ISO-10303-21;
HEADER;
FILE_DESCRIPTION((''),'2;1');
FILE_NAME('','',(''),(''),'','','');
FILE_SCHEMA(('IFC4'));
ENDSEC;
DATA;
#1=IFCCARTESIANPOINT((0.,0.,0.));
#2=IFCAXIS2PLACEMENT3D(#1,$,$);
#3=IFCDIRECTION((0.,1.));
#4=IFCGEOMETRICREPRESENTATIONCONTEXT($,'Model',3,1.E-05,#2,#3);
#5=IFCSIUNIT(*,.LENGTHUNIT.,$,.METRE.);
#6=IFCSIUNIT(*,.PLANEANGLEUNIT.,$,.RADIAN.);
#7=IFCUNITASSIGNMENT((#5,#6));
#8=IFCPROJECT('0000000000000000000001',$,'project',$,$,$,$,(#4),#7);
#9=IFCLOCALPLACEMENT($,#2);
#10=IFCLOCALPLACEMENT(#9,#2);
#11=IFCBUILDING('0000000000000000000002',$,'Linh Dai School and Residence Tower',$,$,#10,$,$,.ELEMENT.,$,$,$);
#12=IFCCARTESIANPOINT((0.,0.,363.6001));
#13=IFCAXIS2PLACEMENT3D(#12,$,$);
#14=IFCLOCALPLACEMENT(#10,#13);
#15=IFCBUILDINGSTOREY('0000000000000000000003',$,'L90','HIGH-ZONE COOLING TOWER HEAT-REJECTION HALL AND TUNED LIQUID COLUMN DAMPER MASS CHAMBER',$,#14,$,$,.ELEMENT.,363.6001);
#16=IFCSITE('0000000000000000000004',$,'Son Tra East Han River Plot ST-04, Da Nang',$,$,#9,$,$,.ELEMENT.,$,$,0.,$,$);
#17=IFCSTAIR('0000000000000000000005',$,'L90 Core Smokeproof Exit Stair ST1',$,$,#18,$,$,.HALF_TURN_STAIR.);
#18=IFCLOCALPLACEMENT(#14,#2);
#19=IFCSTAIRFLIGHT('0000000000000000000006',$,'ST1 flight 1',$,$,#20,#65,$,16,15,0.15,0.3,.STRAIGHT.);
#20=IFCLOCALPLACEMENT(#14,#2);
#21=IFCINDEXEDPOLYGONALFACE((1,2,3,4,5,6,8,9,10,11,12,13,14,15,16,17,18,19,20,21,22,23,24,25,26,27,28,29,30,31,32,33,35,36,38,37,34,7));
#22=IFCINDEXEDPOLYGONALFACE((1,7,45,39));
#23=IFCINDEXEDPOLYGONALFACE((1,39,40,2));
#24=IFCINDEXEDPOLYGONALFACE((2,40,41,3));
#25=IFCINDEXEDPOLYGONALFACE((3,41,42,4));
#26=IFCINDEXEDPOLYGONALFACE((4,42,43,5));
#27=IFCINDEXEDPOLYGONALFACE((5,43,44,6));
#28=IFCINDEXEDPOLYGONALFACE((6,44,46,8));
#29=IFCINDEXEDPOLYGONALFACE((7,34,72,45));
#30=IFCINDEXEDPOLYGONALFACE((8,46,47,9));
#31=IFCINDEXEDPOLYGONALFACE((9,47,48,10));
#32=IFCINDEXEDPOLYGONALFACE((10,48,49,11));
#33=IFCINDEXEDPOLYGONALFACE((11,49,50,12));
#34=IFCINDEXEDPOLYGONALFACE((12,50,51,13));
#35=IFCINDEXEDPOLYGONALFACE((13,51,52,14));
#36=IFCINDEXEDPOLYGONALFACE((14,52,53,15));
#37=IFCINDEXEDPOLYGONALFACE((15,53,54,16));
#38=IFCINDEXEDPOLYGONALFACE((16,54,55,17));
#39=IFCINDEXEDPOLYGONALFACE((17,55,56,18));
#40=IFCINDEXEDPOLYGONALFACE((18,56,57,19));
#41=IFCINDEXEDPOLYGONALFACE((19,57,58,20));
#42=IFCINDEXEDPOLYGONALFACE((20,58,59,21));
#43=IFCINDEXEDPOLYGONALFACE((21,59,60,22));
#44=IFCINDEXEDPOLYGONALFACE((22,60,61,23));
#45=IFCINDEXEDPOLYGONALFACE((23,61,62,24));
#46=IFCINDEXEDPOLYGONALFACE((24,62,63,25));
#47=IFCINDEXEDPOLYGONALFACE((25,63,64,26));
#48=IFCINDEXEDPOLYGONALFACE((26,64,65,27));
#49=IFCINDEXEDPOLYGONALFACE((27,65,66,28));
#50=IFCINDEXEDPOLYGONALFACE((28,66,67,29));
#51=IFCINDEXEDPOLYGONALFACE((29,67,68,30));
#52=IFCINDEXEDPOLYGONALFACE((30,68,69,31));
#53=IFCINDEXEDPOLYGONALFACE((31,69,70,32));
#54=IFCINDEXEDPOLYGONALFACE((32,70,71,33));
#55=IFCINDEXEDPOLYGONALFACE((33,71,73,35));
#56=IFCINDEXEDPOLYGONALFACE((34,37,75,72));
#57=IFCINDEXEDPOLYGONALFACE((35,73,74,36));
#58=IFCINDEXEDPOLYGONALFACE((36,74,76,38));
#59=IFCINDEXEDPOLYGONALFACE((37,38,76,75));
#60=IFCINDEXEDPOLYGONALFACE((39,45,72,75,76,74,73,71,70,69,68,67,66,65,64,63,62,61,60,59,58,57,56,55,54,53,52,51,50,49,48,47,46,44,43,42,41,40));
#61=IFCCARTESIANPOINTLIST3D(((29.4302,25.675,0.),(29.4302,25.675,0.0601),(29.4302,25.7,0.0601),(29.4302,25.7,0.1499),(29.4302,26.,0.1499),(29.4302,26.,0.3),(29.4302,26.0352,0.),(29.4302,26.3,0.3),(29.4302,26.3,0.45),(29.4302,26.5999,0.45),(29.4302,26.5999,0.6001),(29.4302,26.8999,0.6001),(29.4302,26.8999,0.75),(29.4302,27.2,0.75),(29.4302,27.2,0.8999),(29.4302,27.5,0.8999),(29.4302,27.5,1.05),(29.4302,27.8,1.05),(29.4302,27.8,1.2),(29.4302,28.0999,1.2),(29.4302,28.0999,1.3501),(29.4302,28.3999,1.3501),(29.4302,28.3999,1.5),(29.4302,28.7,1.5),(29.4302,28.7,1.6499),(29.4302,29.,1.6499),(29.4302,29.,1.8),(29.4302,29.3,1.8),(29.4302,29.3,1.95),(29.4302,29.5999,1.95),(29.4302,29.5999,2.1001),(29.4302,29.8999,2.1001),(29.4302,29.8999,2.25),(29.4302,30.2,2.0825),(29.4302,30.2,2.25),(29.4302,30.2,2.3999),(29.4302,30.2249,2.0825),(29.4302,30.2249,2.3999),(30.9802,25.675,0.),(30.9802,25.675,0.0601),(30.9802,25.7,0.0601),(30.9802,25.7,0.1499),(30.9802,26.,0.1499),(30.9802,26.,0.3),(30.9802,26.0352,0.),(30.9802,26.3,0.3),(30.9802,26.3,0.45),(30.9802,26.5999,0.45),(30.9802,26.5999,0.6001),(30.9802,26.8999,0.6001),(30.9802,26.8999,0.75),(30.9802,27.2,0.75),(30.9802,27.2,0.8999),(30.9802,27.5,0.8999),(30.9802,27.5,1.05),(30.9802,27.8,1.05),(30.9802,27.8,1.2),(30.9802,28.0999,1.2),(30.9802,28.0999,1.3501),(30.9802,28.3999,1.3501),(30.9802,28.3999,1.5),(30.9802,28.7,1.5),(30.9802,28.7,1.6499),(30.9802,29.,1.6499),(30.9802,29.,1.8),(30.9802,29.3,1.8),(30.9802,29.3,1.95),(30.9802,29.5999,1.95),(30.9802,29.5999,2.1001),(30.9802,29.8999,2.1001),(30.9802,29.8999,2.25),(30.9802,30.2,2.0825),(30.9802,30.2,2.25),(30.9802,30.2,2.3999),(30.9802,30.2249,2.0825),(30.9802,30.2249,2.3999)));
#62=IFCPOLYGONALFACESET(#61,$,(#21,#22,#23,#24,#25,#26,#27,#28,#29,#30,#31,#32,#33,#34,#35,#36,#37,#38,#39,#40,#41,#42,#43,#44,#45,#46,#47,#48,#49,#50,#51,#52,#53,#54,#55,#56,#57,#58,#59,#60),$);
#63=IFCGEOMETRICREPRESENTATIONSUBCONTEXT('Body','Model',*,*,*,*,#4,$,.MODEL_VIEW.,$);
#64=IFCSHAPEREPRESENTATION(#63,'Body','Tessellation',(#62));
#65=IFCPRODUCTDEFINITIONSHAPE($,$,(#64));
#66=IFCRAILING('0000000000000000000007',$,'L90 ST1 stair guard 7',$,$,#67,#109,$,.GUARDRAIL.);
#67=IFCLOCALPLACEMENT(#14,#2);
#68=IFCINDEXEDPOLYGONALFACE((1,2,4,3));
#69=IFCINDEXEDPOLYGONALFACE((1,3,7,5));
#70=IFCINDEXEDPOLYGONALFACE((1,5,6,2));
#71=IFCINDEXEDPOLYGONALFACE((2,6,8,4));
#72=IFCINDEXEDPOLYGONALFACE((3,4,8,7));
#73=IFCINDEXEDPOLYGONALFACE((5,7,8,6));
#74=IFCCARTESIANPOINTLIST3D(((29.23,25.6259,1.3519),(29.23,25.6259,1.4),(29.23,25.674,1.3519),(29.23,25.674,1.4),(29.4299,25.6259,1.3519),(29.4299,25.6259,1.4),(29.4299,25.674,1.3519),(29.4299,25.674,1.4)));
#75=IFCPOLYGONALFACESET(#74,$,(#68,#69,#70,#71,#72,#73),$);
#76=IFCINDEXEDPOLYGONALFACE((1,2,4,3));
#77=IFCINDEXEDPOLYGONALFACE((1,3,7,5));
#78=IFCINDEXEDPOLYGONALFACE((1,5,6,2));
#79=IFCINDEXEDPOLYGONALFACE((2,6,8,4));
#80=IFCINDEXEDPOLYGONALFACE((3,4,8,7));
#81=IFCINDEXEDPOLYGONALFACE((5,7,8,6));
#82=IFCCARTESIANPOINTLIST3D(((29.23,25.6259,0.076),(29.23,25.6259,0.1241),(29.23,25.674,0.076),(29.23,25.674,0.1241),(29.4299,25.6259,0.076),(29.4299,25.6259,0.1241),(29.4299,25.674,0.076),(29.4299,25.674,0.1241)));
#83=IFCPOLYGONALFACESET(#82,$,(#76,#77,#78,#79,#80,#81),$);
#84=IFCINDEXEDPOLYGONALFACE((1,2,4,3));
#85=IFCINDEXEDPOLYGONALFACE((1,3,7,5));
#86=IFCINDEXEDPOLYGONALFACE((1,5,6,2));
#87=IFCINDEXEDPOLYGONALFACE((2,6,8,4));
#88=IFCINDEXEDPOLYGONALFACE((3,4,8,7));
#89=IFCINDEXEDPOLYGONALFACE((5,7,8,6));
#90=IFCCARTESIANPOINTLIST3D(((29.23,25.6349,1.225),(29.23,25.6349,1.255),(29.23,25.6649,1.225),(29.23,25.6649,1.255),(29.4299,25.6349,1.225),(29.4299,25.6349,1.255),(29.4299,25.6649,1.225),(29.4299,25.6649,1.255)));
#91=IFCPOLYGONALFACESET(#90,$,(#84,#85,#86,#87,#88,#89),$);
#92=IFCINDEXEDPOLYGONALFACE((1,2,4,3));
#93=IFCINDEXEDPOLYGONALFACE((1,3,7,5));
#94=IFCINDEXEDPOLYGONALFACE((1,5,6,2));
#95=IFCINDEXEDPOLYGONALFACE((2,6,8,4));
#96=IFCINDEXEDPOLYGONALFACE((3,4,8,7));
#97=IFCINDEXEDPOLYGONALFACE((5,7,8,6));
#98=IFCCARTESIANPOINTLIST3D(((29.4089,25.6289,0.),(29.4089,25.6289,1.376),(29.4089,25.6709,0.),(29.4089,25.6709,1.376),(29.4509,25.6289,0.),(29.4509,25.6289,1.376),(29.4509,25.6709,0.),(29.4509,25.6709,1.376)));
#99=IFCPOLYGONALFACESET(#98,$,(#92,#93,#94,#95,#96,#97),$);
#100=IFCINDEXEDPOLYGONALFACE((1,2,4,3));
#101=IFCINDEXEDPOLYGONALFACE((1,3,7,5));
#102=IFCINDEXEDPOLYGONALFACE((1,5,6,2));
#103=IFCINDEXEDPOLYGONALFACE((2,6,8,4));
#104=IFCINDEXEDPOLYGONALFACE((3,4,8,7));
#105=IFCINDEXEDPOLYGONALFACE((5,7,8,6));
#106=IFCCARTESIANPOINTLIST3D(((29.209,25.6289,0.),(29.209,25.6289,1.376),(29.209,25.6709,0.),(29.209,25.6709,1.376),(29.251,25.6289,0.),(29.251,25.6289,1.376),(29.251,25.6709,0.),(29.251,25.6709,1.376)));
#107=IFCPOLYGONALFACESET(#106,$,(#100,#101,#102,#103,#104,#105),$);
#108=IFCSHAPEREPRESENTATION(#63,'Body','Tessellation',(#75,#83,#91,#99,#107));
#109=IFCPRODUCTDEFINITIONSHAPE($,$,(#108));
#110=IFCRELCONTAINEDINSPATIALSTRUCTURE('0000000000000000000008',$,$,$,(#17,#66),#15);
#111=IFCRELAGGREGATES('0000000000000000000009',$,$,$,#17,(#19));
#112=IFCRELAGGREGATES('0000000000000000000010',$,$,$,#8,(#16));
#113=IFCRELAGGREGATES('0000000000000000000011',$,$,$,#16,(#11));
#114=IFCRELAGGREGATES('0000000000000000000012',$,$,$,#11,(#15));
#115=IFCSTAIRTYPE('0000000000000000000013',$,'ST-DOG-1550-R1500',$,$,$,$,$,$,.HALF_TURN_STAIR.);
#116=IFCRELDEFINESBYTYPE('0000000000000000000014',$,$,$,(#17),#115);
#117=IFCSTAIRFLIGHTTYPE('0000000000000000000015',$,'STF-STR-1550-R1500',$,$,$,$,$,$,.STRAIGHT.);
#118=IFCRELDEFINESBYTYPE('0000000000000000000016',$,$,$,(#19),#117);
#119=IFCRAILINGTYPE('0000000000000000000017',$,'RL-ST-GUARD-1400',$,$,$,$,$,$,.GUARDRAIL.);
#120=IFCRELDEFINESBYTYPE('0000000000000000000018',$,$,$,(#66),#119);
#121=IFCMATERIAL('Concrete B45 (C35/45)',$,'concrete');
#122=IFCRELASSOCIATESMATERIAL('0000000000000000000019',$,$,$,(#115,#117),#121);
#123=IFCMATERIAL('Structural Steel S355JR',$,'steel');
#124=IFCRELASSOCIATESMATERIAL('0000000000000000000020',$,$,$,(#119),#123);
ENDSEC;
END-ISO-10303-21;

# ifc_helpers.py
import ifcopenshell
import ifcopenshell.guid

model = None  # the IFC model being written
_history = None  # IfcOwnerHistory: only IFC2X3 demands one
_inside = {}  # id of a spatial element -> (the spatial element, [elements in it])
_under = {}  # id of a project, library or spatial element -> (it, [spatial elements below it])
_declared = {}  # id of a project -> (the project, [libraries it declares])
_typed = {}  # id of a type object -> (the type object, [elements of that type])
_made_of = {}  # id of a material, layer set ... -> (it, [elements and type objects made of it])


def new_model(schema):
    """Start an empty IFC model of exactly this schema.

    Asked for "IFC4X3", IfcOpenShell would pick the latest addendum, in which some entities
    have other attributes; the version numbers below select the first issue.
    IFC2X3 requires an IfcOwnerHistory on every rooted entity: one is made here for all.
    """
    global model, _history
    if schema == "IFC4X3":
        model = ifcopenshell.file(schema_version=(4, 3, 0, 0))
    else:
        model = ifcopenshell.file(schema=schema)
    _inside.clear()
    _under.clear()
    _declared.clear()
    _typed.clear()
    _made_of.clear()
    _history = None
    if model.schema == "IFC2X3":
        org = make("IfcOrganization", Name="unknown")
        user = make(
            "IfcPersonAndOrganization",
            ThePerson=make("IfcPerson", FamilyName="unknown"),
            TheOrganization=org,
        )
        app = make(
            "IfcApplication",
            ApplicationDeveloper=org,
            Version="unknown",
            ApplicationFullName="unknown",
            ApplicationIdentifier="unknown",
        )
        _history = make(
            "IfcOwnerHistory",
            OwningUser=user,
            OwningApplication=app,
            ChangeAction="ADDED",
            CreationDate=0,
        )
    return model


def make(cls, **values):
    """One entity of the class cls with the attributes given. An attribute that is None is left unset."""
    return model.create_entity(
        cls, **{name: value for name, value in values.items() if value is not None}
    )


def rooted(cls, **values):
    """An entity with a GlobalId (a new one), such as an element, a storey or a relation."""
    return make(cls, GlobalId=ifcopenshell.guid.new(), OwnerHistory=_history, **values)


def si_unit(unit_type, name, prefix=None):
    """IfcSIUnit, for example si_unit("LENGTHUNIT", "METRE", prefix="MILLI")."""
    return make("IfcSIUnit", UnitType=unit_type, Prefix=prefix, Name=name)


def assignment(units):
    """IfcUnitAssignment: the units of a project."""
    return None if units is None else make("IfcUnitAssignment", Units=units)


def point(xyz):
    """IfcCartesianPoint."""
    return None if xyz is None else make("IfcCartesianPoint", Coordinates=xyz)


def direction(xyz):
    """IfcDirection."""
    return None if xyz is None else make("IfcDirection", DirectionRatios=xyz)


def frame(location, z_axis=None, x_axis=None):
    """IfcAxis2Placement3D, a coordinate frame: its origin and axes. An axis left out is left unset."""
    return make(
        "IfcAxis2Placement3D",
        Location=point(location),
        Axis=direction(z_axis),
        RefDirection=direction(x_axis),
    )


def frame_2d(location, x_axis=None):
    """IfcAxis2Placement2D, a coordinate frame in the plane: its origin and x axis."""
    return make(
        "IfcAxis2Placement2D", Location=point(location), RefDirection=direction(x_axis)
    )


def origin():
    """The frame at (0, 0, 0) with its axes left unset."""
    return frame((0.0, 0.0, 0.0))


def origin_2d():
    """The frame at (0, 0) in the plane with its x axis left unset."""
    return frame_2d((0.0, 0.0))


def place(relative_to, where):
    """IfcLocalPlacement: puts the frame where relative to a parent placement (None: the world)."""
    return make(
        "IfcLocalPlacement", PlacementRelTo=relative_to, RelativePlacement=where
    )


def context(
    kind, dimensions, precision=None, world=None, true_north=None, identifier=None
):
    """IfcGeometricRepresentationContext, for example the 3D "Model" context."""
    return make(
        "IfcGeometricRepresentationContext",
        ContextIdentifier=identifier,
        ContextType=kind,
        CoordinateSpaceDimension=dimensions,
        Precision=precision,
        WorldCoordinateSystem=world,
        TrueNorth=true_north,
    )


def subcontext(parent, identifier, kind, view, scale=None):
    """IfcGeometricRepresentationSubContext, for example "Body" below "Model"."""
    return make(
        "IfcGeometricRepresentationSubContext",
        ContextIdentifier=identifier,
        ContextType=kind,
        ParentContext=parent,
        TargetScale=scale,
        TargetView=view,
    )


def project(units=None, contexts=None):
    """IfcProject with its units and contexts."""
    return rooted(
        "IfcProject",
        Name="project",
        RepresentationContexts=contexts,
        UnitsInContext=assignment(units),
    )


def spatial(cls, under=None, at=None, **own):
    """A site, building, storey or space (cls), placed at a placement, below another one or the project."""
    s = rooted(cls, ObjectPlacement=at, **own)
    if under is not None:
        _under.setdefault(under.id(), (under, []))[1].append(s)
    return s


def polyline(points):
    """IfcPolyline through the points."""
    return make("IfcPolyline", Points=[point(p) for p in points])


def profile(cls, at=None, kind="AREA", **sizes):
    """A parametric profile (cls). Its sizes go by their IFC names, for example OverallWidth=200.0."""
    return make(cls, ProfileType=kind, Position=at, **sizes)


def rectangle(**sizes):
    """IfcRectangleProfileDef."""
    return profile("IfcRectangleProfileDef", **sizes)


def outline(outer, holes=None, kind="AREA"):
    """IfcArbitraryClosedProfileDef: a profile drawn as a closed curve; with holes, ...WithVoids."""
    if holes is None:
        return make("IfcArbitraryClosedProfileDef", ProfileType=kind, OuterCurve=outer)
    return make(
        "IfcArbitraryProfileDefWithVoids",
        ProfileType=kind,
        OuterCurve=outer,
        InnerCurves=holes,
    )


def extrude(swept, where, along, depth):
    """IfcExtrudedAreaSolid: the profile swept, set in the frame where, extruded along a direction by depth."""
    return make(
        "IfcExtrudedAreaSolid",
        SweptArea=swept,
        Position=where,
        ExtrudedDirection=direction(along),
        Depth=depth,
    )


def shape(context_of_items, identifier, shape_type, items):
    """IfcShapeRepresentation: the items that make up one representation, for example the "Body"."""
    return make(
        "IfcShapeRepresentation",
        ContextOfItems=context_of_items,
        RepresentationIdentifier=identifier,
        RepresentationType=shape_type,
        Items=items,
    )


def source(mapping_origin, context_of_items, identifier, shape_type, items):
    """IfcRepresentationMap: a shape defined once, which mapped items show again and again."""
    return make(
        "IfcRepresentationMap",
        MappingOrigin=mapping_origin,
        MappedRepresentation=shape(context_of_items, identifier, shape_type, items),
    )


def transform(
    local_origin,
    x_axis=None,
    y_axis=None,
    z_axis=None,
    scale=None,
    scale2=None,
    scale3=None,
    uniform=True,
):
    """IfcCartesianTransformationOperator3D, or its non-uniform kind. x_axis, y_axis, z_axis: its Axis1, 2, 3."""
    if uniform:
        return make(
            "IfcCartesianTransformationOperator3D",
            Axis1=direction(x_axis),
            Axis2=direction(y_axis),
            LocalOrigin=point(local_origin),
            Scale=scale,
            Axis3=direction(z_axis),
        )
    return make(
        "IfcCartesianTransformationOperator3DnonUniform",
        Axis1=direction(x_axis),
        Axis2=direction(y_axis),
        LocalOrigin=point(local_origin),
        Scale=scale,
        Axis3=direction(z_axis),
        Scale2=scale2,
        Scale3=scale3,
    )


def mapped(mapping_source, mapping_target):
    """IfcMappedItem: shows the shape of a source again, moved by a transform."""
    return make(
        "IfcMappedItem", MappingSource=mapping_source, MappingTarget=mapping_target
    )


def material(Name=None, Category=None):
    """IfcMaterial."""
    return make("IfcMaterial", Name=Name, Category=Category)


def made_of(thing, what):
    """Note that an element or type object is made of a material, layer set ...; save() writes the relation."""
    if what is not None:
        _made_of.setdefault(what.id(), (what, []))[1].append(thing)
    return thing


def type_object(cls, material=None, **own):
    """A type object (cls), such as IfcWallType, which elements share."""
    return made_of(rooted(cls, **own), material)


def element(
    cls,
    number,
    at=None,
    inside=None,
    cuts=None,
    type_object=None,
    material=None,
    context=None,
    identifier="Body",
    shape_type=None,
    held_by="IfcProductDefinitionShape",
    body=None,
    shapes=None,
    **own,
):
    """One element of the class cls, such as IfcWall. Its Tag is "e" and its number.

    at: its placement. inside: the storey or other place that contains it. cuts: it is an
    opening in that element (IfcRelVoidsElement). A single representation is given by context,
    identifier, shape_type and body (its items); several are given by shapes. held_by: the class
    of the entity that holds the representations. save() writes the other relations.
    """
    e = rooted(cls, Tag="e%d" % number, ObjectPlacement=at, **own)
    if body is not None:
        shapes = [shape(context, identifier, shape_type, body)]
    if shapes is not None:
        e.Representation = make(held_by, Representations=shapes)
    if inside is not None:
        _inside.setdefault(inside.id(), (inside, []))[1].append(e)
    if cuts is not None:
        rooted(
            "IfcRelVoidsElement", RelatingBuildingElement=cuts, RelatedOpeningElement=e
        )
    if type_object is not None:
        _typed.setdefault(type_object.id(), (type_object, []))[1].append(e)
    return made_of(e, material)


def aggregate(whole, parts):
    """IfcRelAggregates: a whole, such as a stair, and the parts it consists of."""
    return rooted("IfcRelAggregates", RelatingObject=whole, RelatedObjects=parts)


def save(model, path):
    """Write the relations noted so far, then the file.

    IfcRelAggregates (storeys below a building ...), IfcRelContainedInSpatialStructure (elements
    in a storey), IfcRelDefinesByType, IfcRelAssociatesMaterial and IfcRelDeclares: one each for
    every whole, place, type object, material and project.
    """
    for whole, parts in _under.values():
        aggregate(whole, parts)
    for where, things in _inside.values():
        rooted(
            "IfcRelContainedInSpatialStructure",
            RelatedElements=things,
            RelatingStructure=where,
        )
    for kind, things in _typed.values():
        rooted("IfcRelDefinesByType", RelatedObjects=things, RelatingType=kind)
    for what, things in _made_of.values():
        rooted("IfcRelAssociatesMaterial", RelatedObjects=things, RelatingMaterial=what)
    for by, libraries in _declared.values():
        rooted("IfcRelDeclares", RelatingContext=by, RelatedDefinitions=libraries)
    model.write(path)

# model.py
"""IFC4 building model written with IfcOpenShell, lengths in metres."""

from ifc_helpers import new_model, si_unit, direction, frame, origin, origin_2d, place, context, subcontext, project, spatial, polyline, rectangle, outline, extrude, source, transform, mapped, material, type_object, element, aggregate, save


model = new_model("IFC4")

# Units and contexts
model_context = context("Model", 3, precision=1e-05, world=origin(), true_north=direction((0.0, 1.0)))
body_context = subcontext(model_context, "Body", "Model", "MODEL_VIEW")
ifc_project = project(units=[si_unit("LENGTHUNIT", "METRE"), si_unit("PLANEANGLEUNIT", "RADIAN")], contexts=[model_context])

# Site, building, storey
site_placement = place(None, origin())
site = spatial("IfcSite", under=ifc_project, at=site_placement, Name="Son Tra East Han River Plot ST-04, Da Nang", CompositionType="ELEMENT", RefElevation=0.0)
building_placement = place(site_placement, origin())
building = spatial("IfcBuilding", under=site, at=building_placement, Name="Linh Dai School and Residence Tower", CompositionType="ELEMENT")
storey_placement = place(building_placement, frame((0.0, 0.0, 363.6001)))
storey = spatial("IfcBuildingStorey", under=building, at=storey_placement, Name="L90", Description="HIGH-ZONE COOLING TOWER HEAT-REJECTION HALL AND TUNED LIQUID COLUMN DAMPER MASS CHAMBER", CompositionType="ELEMENT", Elevation=363.6001)

# Shared definitions
ifc_material_1 = material(Name="Structural Steel S355JR", Category="steel")

# Shared definitions
ifc_material_2 = material(Name="Concrete B45 (C35/45)", Category="concrete")

# Stair, stair flight
stair_type = type_object("IfcStairType", Name="ST-DOG-1550-R1500", PredefinedType="HALF_TURN_STAIR", material=ifc_material_2)
stair_placement = place(storey_placement, origin())
stair = element("IfcStair", 1, at=stair_placement, inside=storey, type_object=stair_type, Name="L90 Core Smokeproof Exit Stair ST1", PredefinedType="HALF_TURN_STAIR")
stair_flight_type = type_object("IfcStairFlightType", Name="STF-STR-1550-R1500", PredefinedType="STRAIGHT", material=ifc_material_2)
shared_shape_1 = source(origin(), body_context, "Body", "SweptSolid", [
    extrude(outline(polyline([(-0.0249, 0.0), (-0.0249, 0.0601), (0.0, 0.0601), (0.0, 0.1499), (0.3, 0.1499), (0.3, 0.3), (0.6001, 0.3), (0.6001, 0.45), (0.8999, 0.45), (0.8999, 0.6001), (1.2, 0.6001), (1.2, 0.75), (1.5, 0.75), (1.5, 0.8999), (1.8, 0.8999), (1.8, 1.05), (2.1001, 1.05), (2.1001, 1.2), (2.3999, 1.2), (2.3999, 1.3501), (2.7, 1.3501), (2.7, 1.5), (3.0, 1.5), (3.0, 1.6499), (3.3, 1.6499), (3.3, 1.8), (3.6001, 1.8), (3.6001, 1.95), (3.8999, 1.95), (3.8999, 2.1001), (4.2, 2.1001), (4.2, 2.25), (4.5, 2.25), (4.5, 2.3999), (4.5249, 2.3999), (4.5249, 2.0825), (4.5, 2.0825), (0.3352, 0.0), (-0.0249, 0.0)])), frame((0.0, 0.7749, 0.0), z_axis=(0.0, -1.0, 0.0), x_axis=(1.0, 0.0, 0.0)), (0.0, 0.0, 1.0), 1.55),
])
stair_flight_placement = place(storey_placement, frame((30.2051, 25.7, 0.0), z_axis=(0.0, 0.0, 1.0), x_axis=(0.0, 1.0, 0.0)))
stair_flight = element("IfcStairFlight", 2, at=stair_flight_placement, type_object=stair_flight_type, Name="ST1 flight 1", NumberOfRisers=16, NumberOfTreads=15, PredefinedType="STRAIGHT", RiserHeight=0.15, TreadLength=0.3, context=body_context, shape_type="MappedRepresentation", body=[
    mapped(shared_shape_1, transform((0.0, 0.0, 0.0), x_axis=(1.0, 0.0, 0.0), y_axis=(0.0, 1.0, 0.0), z_axis=(0.0, 0.0, 1.0), scale=1.0)),
])
aggregate(stair, [stair_flight])

# Railing
railing_type_1 = type_object("IfcRailingType", Name="RL-ST-GUARD-1400", PredefinedType="GUARDRAIL", material=ifc_material_1)
shared_shape_2 = source(origin(), body_context, "Body", "SweptSolid", [
    extrude(rectangle(XDim=0.0481, YDim=0.0481, at=origin_2d()), frame((0.0, 0.0, 1.376), z_axis=(-1.0, 0.0, 0.0), x_axis=(0.0, -1.0, 0.0)), (0.0, 0.0, 1.0), 0.2),
    extrude(rectangle(XDim=0.0481, YDim=0.0481, at=origin_2d()), frame((0.0, 0.0, 0.1001), z_axis=(-1.0, 0.0, 0.0), x_axis=(0.0, -1.0, 0.0)), (0.0, 0.0, 1.0), 0.2),
    extrude(rectangle(XDim=0.03, YDim=0.03, at=origin_2d()), frame((0.0, 0.0, 1.24), z_axis=(-1.0, 0.0, 0.0), x_axis=(0.0, -1.0, 0.0)), (0.0, 0.0, 1.0), 0.2),
    extrude(rectangle(XDim=0.042, YDim=0.042, at=origin_2d()), origin(), (0.0, 0.0, 1.0), 1.376),
    extrude(rectangle(XDim=0.042, YDim=0.042, at=origin_2d()), frame((-0.2, 0.0, 0.0)), (0.0, 0.0, 1.0), 1.376),
])
railing_1_placement = place(storey_placement, frame((29.4299, 25.6499, 0.0)))
element("IfcRailing", 3, at=railing_1_placement, inside=storey, type_object=railing_type_1, Name="L90 ST1 stair guard 7", PredefinedType="GUARDRAIL", context=body_context, shape_type="MappedRepresentation", body=[
    mapped(shared_shape_2, transform((0.0, 0.0, 0.0), x_axis=(1.0, 0.0, 0.0), y_axis=(0.0, 1.0, 0.0), z_axis=(0.0, 0.0, 1.0), scale=1.0)),
])

save(model, "model.ifc")
